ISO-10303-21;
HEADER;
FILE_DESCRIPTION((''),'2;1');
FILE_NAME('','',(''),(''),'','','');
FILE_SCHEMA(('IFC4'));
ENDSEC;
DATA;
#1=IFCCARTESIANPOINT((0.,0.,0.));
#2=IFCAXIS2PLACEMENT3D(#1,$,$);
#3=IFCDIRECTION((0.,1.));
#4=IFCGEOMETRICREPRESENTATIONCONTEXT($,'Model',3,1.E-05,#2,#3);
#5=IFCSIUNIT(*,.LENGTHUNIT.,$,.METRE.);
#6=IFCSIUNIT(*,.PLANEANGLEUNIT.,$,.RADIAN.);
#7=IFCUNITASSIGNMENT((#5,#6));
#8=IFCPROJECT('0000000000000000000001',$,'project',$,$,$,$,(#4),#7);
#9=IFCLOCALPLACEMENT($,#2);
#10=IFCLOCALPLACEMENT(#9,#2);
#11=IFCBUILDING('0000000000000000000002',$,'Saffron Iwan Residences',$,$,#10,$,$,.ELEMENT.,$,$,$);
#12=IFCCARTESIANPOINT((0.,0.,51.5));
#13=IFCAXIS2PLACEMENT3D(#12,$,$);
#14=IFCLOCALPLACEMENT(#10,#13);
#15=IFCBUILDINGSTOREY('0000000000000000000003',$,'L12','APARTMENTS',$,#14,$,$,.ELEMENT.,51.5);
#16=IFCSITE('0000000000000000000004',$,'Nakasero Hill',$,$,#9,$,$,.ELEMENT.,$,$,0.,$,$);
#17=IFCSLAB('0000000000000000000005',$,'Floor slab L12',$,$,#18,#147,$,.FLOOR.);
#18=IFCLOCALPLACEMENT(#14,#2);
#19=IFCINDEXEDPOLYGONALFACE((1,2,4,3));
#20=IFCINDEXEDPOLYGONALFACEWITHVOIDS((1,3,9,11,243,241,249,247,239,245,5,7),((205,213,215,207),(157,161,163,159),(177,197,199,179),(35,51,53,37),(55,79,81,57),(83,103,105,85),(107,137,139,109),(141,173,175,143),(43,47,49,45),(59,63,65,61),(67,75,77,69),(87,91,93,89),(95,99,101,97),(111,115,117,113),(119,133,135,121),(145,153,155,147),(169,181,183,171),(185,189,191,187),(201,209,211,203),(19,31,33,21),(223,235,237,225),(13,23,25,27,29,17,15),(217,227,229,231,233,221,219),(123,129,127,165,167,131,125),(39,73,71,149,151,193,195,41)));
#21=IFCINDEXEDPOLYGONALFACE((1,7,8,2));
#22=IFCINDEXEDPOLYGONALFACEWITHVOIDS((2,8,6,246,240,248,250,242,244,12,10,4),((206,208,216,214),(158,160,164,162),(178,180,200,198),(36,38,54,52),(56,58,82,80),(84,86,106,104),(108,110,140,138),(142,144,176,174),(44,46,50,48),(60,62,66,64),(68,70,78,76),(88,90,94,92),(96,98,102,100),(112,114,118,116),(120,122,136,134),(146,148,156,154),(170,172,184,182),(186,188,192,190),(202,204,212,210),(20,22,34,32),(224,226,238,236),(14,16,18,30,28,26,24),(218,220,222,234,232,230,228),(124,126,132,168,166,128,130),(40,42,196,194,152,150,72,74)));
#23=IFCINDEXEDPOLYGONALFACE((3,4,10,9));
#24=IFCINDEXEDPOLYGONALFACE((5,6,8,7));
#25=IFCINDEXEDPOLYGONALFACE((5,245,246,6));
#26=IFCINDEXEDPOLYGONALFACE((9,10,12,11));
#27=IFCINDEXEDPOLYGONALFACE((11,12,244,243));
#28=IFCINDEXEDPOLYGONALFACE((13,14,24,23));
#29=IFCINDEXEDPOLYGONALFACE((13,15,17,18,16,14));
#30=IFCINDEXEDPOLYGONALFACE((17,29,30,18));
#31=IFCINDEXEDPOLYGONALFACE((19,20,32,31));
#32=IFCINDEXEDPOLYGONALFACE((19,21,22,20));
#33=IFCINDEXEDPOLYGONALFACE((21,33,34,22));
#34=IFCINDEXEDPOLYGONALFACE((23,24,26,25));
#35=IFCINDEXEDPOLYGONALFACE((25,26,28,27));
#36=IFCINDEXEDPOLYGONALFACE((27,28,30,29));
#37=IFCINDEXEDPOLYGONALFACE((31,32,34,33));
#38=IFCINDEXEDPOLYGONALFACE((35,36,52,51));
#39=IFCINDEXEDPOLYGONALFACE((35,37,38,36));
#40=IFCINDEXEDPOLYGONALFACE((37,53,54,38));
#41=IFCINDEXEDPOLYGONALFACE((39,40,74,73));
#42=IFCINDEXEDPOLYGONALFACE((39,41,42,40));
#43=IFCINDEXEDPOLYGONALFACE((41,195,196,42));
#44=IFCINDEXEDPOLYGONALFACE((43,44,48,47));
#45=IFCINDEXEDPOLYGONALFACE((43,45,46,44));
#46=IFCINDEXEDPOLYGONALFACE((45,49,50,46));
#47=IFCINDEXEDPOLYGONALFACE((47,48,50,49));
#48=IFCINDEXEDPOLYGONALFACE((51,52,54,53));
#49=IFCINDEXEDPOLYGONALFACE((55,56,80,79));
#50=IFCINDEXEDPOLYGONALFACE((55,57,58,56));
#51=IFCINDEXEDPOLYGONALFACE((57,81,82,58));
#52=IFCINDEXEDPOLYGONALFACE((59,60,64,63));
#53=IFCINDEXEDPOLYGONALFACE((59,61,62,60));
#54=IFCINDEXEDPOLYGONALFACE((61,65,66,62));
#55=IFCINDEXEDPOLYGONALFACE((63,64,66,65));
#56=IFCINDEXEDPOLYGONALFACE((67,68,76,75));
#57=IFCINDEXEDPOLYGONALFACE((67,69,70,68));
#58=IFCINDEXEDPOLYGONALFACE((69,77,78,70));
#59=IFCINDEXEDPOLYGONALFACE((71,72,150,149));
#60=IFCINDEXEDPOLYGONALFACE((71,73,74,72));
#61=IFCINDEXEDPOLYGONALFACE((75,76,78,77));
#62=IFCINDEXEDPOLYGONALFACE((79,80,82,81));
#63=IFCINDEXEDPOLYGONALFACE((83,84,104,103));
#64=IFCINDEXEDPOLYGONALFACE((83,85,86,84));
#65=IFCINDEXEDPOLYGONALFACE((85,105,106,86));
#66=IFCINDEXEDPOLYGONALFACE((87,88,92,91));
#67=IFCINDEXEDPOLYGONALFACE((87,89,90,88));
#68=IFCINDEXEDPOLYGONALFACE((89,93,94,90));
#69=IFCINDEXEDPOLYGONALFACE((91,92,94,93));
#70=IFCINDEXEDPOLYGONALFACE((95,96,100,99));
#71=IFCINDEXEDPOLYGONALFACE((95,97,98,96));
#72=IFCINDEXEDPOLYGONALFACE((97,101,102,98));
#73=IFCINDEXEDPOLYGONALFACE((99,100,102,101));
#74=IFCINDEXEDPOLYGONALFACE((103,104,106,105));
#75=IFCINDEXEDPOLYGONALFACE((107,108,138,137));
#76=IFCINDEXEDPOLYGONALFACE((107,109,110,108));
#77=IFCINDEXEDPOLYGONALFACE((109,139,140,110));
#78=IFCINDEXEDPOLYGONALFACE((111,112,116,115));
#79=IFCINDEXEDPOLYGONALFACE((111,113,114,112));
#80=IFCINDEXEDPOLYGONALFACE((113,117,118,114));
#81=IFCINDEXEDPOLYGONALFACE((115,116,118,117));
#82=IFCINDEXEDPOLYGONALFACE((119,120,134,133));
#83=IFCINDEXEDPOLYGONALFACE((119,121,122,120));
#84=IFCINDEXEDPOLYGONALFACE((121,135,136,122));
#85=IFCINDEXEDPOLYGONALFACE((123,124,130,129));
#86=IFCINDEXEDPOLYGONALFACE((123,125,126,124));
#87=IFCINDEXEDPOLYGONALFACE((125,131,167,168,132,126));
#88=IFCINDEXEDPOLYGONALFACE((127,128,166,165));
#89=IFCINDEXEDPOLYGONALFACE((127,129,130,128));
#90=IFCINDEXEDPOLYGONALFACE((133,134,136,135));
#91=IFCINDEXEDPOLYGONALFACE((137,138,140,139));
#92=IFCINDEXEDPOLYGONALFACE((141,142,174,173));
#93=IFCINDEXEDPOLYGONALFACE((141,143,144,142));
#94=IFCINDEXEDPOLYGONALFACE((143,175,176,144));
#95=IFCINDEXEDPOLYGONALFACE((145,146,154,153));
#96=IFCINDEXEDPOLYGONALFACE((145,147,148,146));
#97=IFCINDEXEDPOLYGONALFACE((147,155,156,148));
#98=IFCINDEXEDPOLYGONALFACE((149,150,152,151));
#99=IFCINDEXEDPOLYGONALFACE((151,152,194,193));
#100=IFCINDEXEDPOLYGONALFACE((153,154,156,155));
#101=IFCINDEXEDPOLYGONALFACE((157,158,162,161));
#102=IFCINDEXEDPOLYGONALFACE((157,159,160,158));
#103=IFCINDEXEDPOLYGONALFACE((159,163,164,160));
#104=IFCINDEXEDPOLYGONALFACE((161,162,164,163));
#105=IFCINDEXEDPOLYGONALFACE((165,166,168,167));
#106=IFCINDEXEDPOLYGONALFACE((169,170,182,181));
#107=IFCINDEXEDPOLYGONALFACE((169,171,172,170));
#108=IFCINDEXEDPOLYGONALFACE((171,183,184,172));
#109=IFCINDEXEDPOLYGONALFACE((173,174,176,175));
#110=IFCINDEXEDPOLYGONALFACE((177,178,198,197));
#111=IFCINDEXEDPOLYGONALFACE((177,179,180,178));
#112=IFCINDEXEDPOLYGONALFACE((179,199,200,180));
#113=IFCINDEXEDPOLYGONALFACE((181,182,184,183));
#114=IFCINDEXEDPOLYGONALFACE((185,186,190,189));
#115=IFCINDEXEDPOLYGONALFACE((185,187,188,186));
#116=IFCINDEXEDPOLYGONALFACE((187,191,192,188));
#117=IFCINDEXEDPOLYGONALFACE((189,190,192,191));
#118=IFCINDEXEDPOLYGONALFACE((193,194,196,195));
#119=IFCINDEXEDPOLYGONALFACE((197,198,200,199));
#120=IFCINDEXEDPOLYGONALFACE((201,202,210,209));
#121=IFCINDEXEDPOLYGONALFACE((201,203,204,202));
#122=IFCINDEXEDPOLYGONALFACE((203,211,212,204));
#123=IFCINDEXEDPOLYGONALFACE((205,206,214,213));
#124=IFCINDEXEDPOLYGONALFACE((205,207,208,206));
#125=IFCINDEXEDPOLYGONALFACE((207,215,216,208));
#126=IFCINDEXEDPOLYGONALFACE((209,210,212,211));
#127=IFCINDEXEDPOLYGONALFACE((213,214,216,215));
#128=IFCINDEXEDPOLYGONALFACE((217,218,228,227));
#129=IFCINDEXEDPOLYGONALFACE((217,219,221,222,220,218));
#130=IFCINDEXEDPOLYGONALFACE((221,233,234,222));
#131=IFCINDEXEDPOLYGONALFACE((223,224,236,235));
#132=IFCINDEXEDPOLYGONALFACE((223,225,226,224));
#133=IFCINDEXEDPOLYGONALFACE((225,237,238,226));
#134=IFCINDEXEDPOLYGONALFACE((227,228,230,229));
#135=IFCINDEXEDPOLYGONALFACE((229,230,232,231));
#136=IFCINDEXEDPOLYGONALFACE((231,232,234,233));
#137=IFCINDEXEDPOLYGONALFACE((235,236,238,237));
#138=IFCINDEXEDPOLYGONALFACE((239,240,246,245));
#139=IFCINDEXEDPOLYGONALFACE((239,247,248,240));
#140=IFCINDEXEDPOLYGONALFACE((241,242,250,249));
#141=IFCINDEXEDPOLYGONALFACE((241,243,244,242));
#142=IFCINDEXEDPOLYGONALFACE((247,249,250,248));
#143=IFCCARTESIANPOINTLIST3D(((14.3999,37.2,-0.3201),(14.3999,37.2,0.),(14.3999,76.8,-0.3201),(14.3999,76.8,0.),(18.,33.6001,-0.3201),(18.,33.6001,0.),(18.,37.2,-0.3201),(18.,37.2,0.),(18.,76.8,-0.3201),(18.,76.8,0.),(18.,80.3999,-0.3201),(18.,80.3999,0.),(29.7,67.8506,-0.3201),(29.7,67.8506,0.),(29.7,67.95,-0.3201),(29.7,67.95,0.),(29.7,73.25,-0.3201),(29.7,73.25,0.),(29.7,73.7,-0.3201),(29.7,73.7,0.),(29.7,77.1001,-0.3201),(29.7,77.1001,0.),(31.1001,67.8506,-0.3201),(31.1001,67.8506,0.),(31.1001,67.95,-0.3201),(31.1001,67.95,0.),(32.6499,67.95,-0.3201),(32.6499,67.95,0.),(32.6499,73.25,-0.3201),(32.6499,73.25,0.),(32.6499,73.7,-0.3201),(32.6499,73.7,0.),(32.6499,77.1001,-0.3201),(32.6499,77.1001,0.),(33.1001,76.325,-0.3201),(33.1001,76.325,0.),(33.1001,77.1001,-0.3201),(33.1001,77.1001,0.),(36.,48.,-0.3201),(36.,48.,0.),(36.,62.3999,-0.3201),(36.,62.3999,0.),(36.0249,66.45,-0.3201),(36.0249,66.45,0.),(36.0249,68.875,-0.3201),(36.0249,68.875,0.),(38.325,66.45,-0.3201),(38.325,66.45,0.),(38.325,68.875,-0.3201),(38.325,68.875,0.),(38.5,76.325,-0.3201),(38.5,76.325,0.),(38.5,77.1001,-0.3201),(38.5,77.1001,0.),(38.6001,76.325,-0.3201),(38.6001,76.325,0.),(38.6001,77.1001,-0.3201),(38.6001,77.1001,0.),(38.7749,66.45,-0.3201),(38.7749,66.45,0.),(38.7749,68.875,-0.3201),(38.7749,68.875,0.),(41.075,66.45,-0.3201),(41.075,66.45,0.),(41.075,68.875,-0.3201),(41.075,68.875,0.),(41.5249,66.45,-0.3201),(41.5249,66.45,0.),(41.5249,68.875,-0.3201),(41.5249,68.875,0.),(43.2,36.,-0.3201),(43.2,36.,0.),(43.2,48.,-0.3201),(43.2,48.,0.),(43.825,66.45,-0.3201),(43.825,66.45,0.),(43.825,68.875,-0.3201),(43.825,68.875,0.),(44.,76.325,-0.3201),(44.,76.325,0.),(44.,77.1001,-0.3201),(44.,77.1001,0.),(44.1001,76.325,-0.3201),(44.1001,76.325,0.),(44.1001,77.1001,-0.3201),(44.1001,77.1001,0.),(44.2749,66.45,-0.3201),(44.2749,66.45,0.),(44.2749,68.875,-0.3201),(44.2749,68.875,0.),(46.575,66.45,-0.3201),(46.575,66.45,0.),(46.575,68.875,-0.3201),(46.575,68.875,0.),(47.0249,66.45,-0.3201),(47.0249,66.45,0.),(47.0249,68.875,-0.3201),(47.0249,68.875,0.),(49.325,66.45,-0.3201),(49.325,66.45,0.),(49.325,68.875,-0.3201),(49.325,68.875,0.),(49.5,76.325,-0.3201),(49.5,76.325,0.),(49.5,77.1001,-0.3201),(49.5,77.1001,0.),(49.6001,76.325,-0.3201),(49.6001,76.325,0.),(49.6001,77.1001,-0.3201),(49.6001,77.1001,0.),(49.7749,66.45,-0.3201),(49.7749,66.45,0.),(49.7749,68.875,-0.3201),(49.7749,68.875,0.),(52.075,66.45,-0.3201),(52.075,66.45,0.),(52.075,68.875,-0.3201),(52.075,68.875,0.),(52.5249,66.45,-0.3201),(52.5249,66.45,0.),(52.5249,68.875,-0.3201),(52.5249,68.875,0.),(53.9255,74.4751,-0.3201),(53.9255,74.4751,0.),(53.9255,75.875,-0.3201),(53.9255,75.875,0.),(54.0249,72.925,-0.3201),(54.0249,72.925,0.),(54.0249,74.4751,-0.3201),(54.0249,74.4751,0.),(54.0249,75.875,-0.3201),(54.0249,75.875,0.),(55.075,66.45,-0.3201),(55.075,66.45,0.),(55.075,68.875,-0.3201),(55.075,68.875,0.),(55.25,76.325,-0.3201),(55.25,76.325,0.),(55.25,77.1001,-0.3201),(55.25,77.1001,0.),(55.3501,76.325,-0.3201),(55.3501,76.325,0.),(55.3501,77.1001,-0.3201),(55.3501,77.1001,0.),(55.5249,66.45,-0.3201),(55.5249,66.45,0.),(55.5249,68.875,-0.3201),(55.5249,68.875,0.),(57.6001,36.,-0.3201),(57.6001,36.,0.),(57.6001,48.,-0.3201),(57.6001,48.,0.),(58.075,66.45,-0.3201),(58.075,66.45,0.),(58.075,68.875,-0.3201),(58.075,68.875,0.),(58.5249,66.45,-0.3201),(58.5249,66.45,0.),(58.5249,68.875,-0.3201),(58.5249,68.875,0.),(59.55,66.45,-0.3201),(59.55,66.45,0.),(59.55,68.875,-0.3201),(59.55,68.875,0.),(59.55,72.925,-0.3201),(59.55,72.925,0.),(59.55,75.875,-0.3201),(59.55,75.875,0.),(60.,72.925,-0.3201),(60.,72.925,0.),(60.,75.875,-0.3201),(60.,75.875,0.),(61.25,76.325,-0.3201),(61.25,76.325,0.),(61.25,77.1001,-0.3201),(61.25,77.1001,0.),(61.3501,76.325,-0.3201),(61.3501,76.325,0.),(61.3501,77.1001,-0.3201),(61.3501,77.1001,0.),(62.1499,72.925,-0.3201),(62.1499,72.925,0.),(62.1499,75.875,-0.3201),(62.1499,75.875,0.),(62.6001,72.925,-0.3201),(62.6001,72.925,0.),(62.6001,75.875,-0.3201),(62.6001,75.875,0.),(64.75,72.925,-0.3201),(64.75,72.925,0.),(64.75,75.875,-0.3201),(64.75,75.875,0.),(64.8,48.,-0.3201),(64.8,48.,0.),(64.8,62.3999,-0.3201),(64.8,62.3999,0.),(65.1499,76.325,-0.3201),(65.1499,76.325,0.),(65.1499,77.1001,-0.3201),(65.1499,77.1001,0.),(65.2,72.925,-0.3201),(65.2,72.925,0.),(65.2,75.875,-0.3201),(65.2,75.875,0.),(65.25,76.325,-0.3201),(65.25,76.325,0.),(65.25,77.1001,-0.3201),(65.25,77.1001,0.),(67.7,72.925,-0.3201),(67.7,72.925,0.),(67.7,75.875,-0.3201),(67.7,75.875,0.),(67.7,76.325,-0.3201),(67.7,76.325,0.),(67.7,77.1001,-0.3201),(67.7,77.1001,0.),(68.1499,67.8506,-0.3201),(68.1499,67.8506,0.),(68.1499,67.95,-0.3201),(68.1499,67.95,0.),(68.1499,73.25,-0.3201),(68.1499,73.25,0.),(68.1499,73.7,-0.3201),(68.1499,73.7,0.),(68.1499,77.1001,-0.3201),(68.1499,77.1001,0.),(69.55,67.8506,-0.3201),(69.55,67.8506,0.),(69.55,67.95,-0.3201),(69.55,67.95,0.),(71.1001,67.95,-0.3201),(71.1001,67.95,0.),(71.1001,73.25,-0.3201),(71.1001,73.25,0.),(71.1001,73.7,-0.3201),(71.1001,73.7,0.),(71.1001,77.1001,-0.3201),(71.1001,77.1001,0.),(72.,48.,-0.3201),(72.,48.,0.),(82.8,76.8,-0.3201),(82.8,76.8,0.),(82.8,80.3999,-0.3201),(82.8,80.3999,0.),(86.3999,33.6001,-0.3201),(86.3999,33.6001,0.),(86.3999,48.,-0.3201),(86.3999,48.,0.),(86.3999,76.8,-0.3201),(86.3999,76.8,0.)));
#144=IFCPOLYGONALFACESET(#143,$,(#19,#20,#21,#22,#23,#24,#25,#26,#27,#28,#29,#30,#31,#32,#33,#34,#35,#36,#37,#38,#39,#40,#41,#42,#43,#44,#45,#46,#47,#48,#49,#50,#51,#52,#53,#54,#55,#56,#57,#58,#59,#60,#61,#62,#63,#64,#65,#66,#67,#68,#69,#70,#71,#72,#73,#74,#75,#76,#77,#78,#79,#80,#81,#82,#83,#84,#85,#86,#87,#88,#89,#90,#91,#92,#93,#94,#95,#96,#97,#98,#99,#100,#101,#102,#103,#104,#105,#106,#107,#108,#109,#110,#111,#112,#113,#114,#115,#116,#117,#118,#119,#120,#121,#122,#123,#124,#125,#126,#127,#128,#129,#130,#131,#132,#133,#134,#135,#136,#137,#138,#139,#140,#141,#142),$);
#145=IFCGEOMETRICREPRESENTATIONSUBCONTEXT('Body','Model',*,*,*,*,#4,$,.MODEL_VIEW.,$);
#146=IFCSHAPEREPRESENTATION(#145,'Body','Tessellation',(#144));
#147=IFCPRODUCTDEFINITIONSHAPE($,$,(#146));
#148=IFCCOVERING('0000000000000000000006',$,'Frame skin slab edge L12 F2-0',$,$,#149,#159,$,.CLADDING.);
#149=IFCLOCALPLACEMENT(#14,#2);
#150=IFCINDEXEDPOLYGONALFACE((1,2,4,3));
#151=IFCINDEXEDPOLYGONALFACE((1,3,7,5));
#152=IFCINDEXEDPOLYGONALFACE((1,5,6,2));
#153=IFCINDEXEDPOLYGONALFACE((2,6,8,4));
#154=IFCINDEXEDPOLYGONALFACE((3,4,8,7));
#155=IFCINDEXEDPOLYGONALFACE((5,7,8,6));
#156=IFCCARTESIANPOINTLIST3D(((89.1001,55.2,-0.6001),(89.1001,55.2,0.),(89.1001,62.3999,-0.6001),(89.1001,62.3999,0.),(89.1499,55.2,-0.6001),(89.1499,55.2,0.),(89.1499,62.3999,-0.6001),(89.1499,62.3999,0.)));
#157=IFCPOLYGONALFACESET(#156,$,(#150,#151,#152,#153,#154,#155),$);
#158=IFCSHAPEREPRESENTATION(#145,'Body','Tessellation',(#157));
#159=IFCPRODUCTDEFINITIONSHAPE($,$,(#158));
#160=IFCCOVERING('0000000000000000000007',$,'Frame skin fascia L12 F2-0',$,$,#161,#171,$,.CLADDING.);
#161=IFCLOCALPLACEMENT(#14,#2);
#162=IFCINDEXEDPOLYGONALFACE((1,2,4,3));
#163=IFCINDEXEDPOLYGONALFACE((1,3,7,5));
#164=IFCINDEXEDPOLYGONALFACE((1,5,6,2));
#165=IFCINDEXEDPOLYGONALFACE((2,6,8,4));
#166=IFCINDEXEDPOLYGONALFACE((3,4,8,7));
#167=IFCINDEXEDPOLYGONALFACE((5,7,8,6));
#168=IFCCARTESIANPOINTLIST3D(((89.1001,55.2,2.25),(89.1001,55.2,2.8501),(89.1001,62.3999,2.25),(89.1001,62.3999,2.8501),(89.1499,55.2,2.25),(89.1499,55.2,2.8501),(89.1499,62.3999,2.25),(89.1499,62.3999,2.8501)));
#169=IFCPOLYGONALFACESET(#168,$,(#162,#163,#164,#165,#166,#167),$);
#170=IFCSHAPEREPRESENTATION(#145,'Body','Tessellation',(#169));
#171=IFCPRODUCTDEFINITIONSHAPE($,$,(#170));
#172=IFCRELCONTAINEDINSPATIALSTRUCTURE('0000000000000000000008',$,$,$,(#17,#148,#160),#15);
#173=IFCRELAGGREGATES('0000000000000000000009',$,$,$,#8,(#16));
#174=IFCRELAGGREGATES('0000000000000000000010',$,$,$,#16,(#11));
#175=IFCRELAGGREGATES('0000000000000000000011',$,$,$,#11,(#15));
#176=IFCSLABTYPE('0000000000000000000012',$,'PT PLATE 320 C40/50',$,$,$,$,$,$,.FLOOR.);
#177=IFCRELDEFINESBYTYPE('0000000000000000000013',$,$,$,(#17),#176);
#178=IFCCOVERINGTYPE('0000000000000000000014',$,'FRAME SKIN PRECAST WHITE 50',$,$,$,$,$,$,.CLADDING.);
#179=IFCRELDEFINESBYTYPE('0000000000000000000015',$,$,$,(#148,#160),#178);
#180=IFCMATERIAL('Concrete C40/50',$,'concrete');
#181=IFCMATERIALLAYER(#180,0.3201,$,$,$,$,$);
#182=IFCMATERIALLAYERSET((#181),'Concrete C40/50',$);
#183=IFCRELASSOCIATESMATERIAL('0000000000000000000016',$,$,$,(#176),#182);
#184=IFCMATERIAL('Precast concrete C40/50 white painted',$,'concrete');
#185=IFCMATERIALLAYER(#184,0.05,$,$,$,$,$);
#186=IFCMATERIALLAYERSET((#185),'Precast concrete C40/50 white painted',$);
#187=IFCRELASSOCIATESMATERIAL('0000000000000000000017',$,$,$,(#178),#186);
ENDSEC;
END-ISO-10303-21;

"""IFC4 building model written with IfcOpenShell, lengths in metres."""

from ifc_helpers import new_model, si_unit, direction, frame, origin, place, context, subcontext, project, spatial, polyline, outline, extrude, material, layer, layer_set, type_object, element, save


model = new_model("IFC4")

# Units and contexts
model_context = context("Model", 3, precision=1e-05, world=origin(), true_north=direction((0.0, 1.0)))
body_context = subcontext(model_context, "Body", "Model", "MODEL_VIEW")
ifc_project = project(units=[si_unit("LENGTHUNIT", "METRE"), si_unit("PLANEANGLEUNIT", "RADIAN")], contexts=[model_context])

# Site, building, storey
site_placement = place(None, origin())
site = spatial("IfcSite", under=ifc_project, at=site_placement, Name="Nakasero Hill", CompositionType="ELEMENT", RefElevation=0.0)
building_placement = place(site_placement, origin())
building = spatial("IfcBuilding", under=site, at=building_placement, Name="Saffron Iwan Residences", CompositionType="ELEMENT")
storey_placement = place(building_placement, frame((0.0, 0.0, 51.5)))
storey = spatial("IfcBuildingStorey", under=building, at=storey_placement, Name="L12", Description="APARTMENTS", CompositionType="ELEMENT", Elevation=51.5)

# Slab
ifc_material_1 = material(Name="Concrete C40/50", Category="concrete")
ifc_layer_1 = layer(ifc_material_1, 0.3201)
ifc_layer_set_1 = layer_set([ifc_layer_1], Name="Concrete C40/50")
slab_type_1 = type_object("IfcSlabType", Name="PT PLATE 320 C40/50", PredefinedType="FLOOR", material=ifc_layer_set_1)
slab_1_placement = place(storey_placement, frame((0.0, 0.0, -0.3201)))
element("IfcSlab", 1, at=slab_1_placement, inside=storey, type_object=slab_type_1, Name="Floor slab L12", PredefinedType="FLOOR", context=body_context, shape_type="SweptSolid", body=[
    extrude(outline(polyline([(14.3999, 37.2), (14.3999, 76.8), (18.0, 76.8), (18.0, 80.3999), (82.8, 80.3999), (82.8, 76.8), (86.3999, 76.8), (86.3999, 48.0), (72.0, 48.0), (86.3999, 33.6001), (18.0, 33.6001), (18.0, 37.2), (14.3999, 37.2)]), holes=[polyline([(64.8, 48.0), (64.8, 62.3999), (36.0, 62.3999), (36.0, 48.0), (43.2, 48.0), (43.2, 36.0), (57.6001, 36.0), (57.6001, 48.0), (64.8, 48.0)]), polyline([(38.325, 68.875), (36.0249, 68.875), (36.0249, 66.45), (38.325, 66.45), (38.325, 68.875)]), polyline([(41.075, 66.45), (41.075, 68.875), (38.7749, 68.875), (38.7749, 66.45), (41.075, 66.45)]), polyline([(43.825, 66.45), (43.825, 68.875), (41.5249, 68.875), (41.5249, 66.45), (43.825, 66.45)]), polyline([(46.575, 68.875), (44.2749, 68.875), (44.2749, 66.45), (46.575, 66.45), (46.575, 68.875)]), polyline([(49.325, 66.45), (49.325, 68.875), (47.0249, 68.875), (47.0249, 66.45), (49.325, 66.45)]), polyline([(52.075, 66.45), (52.075, 68.875), (49.7749, 68.875), (49.7749, 66.45), (52.075, 66.45)]), polyline([(29.7, 73.25), (29.7, 67.95), (29.7, 67.8506), (31.1001, 67.8506), (31.1001, 67.95), (32.6499, 67.95), (32.6499, 73.25), (29.7, 73.25)]), polyline([(32.6499, 73.7), (32.6499, 77.1001), (29.7, 77.1001), (29.7, 73.7), (32.6499, 73.7)]), polyline([(38.5, 76.325), (38.5, 77.1001), (33.1001, 77.1001), (33.1001, 76.325), (38.5, 76.325)]), polyline([(44.0, 77.1001), (38.6001, 77.1001), (38.6001, 76.325), (44.0, 76.325), (44.0, 77.1001)]), polyline([(49.5, 76.325), (49.5, 77.1001), (44.1001, 77.1001), (44.1001, 76.325), (49.5, 76.325)]), polyline([(55.25, 76.325), (55.25, 77.1001), (49.6001, 77.1001), (49.6001, 76.325), (55.25, 76.325)]), polyline([(55.075, 68.875), (52.5249, 68.875), (52.5249, 66.45), (55.075, 66.45), (55.075, 68.875)]), polyline([(58.075, 66.45), (58.075, 68.875), (55.5249, 68.875), (55.5249, 66.45), (58.075, 66.45)]), polyline([(59.55, 66.45), (59.55, 68.875), (58.5249, 68.875), (58.5249, 66.45), (59.55, 66.45)]), polyline([(68.1499, 73.25), (68.1499, 67.95), (68.1499, 67.8506), (69.55, 67.8506), (69.55, 67.95), (71.1001, 67.95), (71.1001, 73.25), (68.1499, 73.25)]), polyline([(53.9255, 74.4751), (54.0249, 74.4751), (54.0249, 72.925), (59.55, 72.925), (59.55, 75.875), (54.0249, 75.875), (53.9255, 75.875), (53.9255, 74.4751)]), polyline([(62.1499, 72.925), (62.1499, 75.875), (60.0, 75.875), (60.0, 72.925), (62.1499, 72.925)]), polyline([(64.75, 75.875), (62.6001, 75.875), (62.6001, 72.925), (64.75, 72.925), (64.75, 75.875)]), polyline([(67.7, 72.925), (67.7, 75.875), (65.2, 75.875), (65.2, 72.925), (67.7, 72.925)]), polyline([(71.1001, 73.7), (71.1001, 77.1001), (68.1499, 77.1001), (68.1499, 73.7), (71.1001, 73.7)]), polyline([(61.25, 77.1001), (55.3501, 77.1001), (55.3501, 76.325), (61.25, 76.325), (61.25, 77.1001)]), polyline([(65.1499, 76.325), (65.1499, 77.1001), (61.3501, 77.1001), (61.3501, 76.325), (65.1499, 76.325)]), polyline([(67.7, 76.325), (67.7, 77.1001), (65.25, 77.1001), (65.25, 76.325), (67.7, 76.325)])]), origin(), (0.0, 0.0, 1.0), 0.3201),
])

# Coverings
ifc_material_2 = material(Name="Precast concrete C40/50 white painted", Category="concrete")
ifc_layer_2 = layer(ifc_material_2, 0.05)
ifc_layer_set_2 = layer_set([ifc_layer_2], Name="Precast concrete C40/50 white painted")
covering_type_1 = type_object("IfcCoveringType", Name="FRAME SKIN PRECAST WHITE 50", PredefinedType="CLADDING", material=ifc_layer_set_2)
for number, where, name in (
    (2, (0.0, 0.0, -0.6001), "Frame skin slab edge L12 F2-0"),
    (3, (0.0, 0.0, 2.25), "Frame skin fascia L12 F2-0"),
):
    element("IfcCovering", number, at=place(storey_placement, frame(where)), inside=storey, type_object=covering_type_1, Name=name, PredefinedType="CLADDING", context=body_context, shape_type="SweptSolid", body=[
        extrude(outline(polyline([(89.1499, 55.2), (89.1499, 62.3999), (89.1001, 62.3999), (89.1001, 55.2), (89.1499, 55.2)])), origin(), (0.0, 0.0, 1.0), 0.6001),
    ])

save(model, "model.ifc")
